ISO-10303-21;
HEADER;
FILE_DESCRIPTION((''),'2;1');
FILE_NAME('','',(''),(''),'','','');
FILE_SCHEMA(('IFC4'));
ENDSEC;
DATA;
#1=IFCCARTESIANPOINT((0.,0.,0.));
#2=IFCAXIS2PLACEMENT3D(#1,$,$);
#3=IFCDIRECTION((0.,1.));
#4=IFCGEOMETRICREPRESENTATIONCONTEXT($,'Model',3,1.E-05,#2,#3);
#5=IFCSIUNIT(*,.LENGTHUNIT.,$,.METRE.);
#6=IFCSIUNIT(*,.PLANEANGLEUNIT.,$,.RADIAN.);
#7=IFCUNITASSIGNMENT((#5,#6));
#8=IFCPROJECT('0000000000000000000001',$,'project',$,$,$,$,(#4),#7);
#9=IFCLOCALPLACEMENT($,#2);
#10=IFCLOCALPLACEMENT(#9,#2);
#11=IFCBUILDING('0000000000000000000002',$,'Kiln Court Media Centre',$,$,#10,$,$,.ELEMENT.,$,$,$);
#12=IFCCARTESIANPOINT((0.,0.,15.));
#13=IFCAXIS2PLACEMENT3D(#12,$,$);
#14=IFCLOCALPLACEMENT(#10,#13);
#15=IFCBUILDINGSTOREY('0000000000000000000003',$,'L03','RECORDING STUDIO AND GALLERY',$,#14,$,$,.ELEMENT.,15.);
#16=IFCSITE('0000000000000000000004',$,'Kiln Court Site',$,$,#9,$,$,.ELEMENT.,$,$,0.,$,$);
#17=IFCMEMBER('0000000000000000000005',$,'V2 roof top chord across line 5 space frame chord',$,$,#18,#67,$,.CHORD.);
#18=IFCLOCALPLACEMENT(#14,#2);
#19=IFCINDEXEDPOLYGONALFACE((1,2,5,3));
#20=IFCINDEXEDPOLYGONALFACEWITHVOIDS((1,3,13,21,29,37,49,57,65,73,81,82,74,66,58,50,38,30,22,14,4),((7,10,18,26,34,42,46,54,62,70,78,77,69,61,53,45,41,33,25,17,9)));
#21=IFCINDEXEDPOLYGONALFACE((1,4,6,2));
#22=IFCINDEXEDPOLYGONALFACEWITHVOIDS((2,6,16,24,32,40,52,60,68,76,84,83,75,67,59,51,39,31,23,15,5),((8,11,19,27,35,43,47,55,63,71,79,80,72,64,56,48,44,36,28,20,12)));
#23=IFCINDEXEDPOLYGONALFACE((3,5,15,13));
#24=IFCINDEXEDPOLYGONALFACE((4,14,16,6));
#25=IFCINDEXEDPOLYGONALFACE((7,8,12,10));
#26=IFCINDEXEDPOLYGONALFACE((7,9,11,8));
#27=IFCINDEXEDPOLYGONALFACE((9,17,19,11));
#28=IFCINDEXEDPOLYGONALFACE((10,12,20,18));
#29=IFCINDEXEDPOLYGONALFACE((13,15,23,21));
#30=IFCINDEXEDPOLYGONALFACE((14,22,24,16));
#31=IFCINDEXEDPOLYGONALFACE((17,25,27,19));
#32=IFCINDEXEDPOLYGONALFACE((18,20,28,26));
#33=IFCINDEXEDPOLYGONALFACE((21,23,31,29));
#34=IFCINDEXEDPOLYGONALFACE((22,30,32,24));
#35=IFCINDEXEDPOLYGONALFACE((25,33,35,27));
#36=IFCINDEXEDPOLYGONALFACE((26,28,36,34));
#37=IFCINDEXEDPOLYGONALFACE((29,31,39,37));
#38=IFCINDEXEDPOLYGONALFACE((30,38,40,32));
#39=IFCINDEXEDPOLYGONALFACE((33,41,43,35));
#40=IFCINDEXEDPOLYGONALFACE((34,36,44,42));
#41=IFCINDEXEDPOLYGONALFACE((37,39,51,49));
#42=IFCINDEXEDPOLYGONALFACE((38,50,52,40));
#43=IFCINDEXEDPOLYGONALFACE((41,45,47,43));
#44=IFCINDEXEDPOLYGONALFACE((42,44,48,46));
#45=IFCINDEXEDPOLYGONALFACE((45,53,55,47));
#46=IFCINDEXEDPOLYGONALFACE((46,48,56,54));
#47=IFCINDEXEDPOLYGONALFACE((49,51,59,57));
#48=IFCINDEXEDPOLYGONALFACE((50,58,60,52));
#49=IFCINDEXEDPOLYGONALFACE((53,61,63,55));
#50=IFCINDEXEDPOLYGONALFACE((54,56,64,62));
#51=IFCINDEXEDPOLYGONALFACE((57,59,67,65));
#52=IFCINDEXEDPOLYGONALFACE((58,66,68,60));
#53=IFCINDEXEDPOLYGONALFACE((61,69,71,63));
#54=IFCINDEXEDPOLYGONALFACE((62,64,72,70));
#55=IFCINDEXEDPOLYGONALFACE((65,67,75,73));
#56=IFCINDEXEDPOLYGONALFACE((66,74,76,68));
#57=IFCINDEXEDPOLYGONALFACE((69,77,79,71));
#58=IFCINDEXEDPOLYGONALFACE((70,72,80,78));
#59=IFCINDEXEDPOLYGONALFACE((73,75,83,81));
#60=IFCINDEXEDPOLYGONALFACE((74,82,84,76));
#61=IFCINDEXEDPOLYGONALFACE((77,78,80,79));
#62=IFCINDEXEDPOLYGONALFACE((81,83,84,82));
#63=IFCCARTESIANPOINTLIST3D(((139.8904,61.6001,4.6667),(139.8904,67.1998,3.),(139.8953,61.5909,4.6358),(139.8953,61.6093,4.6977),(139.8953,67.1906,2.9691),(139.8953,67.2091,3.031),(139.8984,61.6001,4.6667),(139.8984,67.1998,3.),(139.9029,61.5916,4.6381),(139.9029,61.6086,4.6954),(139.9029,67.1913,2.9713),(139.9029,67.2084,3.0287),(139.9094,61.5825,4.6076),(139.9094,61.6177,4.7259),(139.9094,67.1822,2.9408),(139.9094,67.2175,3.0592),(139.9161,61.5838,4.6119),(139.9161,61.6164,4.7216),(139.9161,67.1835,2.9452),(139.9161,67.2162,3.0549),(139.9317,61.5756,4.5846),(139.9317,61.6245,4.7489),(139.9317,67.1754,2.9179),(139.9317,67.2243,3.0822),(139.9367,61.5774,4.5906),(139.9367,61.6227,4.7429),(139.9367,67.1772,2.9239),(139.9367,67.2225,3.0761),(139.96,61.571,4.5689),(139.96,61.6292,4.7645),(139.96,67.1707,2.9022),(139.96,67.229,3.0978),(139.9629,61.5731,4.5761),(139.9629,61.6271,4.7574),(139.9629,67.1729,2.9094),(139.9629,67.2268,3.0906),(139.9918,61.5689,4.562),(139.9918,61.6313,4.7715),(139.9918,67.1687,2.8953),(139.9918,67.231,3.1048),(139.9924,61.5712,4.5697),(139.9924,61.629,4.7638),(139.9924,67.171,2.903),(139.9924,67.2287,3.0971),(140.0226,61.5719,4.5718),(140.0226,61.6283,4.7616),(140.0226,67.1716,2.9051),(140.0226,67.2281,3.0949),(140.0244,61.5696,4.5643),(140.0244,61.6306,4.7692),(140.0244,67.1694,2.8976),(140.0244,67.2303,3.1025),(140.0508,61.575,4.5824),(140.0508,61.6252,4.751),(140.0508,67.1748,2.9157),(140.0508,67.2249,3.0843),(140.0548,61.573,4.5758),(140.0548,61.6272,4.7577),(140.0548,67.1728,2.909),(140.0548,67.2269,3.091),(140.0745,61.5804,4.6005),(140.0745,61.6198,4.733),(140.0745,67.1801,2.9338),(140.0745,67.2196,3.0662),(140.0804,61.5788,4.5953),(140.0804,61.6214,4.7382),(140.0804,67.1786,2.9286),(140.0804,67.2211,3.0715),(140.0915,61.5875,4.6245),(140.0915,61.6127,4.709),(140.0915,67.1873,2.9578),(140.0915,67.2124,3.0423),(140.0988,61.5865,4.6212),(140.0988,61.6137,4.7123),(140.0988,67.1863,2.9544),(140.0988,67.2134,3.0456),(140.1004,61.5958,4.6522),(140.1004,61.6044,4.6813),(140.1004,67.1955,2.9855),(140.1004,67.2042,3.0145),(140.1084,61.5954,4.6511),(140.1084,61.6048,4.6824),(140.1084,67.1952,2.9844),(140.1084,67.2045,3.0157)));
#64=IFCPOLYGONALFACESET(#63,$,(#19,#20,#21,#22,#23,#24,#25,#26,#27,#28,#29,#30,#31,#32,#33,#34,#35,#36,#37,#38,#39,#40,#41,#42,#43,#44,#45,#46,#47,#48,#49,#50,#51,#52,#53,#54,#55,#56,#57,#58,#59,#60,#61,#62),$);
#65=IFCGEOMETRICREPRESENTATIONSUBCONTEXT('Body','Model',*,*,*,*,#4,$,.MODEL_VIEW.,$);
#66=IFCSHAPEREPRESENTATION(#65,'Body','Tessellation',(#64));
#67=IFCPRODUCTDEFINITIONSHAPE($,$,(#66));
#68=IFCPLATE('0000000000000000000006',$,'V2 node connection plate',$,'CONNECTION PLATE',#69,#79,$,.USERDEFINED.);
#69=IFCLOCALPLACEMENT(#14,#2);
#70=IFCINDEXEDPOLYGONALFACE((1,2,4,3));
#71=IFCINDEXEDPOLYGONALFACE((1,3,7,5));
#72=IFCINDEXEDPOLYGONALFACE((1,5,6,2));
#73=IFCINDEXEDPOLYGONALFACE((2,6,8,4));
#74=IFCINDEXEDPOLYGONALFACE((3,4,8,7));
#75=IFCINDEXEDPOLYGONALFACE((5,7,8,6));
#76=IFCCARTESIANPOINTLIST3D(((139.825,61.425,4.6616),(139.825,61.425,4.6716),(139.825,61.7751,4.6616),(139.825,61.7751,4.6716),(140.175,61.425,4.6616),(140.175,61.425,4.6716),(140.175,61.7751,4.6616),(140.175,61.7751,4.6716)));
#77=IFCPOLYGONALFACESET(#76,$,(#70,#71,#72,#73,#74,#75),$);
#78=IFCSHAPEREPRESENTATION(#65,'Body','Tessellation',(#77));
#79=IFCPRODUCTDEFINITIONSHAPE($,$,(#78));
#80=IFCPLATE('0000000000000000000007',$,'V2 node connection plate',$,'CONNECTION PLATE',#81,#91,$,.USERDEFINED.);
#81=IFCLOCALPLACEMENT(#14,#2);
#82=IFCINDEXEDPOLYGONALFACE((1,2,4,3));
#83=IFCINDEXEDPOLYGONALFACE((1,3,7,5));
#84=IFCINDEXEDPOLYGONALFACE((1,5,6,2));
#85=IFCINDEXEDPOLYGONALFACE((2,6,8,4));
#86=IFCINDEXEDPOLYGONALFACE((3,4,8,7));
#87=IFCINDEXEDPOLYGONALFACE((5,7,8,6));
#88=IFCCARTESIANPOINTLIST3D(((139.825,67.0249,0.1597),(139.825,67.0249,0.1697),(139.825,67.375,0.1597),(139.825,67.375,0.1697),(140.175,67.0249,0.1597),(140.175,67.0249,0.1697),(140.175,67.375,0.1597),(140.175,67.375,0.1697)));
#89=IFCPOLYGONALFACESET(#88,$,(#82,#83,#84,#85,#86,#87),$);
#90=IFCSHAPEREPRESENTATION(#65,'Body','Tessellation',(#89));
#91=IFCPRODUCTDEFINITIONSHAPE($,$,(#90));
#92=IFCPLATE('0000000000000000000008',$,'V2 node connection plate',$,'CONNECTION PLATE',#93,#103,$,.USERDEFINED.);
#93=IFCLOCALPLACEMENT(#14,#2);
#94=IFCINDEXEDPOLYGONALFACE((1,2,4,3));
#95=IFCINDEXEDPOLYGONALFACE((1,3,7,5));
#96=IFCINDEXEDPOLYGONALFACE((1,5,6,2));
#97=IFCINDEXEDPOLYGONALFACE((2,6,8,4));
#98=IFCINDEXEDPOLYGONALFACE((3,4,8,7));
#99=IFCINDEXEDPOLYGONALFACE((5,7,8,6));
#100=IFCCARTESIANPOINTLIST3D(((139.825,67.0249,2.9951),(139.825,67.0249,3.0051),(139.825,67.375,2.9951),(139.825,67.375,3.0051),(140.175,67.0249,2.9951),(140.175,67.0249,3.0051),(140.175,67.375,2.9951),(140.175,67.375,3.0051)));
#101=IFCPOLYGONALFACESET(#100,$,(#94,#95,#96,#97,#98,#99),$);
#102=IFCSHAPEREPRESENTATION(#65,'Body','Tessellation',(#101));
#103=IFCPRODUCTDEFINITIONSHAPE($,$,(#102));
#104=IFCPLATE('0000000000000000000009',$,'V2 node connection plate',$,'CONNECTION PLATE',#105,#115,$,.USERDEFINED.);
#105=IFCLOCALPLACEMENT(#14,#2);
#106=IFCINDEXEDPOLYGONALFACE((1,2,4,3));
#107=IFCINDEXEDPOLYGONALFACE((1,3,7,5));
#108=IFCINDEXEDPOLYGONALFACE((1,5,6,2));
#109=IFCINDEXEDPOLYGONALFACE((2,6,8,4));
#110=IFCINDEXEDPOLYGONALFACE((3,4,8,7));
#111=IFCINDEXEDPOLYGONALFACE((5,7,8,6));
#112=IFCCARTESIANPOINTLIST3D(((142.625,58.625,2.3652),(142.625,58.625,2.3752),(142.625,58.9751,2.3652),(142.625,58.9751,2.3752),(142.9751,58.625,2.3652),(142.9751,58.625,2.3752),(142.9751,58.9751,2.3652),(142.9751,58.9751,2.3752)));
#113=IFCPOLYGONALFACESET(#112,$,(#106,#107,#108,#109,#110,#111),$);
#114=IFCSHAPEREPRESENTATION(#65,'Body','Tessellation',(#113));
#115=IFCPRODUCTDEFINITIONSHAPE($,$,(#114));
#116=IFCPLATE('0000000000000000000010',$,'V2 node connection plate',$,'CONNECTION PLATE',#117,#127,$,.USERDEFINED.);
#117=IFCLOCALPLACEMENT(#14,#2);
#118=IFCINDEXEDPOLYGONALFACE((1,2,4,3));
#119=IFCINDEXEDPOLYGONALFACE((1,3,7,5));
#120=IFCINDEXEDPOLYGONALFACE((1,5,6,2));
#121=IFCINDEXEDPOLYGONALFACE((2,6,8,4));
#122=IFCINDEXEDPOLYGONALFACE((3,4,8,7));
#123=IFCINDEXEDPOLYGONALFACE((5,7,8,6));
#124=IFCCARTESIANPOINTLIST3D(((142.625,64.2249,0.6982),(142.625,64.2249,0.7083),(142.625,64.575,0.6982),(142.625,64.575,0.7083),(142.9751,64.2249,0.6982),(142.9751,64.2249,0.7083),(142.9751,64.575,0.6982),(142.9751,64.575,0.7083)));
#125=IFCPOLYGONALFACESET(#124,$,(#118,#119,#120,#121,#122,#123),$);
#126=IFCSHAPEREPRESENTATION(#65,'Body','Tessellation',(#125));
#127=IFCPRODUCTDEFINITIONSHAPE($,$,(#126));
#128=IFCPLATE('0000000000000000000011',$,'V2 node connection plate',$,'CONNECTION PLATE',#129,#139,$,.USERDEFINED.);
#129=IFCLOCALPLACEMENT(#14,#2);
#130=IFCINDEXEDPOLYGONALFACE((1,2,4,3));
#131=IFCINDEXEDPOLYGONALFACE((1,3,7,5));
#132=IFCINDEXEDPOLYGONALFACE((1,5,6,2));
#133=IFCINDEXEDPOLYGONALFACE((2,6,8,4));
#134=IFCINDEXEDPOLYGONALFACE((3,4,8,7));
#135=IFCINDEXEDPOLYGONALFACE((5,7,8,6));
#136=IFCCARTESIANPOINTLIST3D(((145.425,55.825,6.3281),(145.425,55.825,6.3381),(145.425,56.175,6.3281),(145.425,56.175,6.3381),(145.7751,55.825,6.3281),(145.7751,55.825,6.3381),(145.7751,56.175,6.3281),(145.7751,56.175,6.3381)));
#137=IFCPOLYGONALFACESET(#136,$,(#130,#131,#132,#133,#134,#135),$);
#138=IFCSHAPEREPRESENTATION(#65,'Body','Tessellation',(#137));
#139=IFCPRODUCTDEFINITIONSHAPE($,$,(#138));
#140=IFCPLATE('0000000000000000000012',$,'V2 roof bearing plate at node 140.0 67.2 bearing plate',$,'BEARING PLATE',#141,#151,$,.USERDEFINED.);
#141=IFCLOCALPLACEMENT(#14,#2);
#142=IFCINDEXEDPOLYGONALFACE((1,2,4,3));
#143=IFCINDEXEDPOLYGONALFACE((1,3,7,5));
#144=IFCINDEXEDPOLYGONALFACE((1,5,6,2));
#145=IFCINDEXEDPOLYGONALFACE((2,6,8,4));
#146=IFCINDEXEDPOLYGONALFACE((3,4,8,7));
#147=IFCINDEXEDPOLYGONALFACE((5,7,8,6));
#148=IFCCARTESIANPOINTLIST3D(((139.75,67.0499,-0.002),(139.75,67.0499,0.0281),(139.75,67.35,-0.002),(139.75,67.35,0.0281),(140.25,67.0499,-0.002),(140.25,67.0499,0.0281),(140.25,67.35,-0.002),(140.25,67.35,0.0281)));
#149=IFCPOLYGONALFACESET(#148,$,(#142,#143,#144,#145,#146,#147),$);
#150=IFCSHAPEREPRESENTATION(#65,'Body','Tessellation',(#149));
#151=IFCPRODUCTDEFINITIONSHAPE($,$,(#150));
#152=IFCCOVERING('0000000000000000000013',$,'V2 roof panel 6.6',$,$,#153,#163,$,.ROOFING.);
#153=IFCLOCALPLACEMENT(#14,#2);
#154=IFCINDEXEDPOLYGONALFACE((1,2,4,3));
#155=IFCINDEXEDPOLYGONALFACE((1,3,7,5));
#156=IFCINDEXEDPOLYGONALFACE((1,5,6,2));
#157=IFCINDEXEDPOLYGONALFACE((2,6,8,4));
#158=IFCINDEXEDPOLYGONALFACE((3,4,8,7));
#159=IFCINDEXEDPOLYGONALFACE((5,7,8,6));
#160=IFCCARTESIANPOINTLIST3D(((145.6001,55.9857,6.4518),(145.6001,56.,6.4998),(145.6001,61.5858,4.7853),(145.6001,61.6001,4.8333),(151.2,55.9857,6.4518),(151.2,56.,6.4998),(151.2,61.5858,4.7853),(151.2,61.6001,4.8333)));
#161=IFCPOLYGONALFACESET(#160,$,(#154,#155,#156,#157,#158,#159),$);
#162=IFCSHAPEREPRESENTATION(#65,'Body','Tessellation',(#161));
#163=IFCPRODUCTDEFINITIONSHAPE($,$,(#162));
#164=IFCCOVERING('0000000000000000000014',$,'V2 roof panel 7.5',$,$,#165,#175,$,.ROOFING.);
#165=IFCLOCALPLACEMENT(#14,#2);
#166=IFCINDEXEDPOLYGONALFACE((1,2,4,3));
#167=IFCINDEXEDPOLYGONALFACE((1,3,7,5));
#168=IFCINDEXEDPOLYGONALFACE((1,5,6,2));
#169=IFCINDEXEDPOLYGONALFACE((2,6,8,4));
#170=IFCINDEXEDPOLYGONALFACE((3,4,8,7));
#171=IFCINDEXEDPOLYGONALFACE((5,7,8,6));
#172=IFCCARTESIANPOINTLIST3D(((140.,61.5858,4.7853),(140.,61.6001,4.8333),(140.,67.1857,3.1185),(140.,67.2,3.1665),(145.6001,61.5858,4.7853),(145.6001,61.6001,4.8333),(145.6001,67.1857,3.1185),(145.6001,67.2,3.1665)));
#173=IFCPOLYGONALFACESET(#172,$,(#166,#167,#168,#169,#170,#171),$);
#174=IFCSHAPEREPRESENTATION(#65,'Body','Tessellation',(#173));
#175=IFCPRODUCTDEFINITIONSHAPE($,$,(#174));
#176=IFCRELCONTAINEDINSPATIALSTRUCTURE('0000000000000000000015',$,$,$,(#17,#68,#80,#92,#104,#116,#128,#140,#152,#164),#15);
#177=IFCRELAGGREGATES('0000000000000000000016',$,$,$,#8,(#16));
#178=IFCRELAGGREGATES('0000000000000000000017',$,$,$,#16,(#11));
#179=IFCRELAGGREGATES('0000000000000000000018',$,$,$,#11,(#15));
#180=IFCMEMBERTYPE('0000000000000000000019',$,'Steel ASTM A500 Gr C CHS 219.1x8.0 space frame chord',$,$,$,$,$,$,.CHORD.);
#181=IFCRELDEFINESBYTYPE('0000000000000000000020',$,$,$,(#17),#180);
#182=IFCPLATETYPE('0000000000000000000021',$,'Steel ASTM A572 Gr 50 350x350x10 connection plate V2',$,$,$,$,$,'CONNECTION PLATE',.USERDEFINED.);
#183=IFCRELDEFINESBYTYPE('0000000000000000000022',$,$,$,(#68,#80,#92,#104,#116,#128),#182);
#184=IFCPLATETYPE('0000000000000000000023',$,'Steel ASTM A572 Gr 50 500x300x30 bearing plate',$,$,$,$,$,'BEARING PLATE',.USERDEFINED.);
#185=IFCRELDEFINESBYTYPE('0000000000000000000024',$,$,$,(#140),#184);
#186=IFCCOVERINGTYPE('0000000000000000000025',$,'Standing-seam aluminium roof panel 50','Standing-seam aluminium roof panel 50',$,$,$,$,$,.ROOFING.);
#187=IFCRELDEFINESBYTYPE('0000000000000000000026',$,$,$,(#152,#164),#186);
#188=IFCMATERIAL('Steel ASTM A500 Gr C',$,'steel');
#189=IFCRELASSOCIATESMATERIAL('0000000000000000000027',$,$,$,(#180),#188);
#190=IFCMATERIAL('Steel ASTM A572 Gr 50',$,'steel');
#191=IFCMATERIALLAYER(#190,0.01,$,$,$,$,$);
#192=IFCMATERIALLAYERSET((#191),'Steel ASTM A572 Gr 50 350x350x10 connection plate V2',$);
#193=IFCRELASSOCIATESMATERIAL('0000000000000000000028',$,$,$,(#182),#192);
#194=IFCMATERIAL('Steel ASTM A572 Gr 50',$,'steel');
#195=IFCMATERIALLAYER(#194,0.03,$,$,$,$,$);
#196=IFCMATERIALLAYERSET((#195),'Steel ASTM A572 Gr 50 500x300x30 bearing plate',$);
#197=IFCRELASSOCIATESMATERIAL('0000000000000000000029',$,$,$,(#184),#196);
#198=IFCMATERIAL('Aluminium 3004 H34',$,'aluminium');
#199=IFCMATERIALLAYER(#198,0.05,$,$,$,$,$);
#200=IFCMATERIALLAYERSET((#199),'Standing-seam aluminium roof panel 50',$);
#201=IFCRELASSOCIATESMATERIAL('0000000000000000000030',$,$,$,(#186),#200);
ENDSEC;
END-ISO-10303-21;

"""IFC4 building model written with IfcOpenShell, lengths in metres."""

from ifc_helpers import new_model, si_unit, direction, frame, origin, origin_2d, place, context, subcontext, project, spatial, polyline, rectangle, hollow_circle, outline, extrude, material, layer, layer_set, material_profile, profile_set, type_object, element, save


model = new_model("IFC4")

# Units and contexts
model_context = context("Model", 3, precision=1e-05, world=origin(), true_north=direction((0.0, 1.0)))
body_context = subcontext(model_context, "Body", "Model", "MODEL_VIEW")
ifc_project = project(units=[si_unit("LENGTHUNIT", "METRE"), si_unit("PLANEANGLEUNIT", "RADIAN")], contexts=[model_context])

# Site, building, storey
site_placement = place(None, origin())
site = spatial("IfcSite", under=ifc_project, at=site_placement, Name="Kiln Court Site", CompositionType="ELEMENT", RefElevation=0.0)
building_placement = place(site_placement, origin())
building = spatial("IfcBuilding", under=site, at=building_placement, Name="Kiln Court Media Centre", CompositionType="ELEMENT")
storey_placement = place(building_placement, frame((0.0, 0.0, 15.0)))
storey = spatial("IfcBuildingStorey", under=building, at=storey_placement, Name="L03", Description="RECORDING STUDIO AND GALLERY", CompositionType="ELEMENT", Elevation=15.0)

# Member
ifc_material_1 = material(Name="Steel ASTM A500 Gr C", Category="steel")
ifc_material_profile_1 = material_profile(ifc_material_1, hollow_circle(Radius=0.1096, WallThickness=0.0081, at=origin_2d()), Name="CHS 219.1x8.0")
ifc_profile_set_1 = profile_set([ifc_material_profile_1], Name="Steel ASTM A500 Gr C")
member_type_1 = type_object("IfcMemberType", Name="Steel ASTM A500 Gr C CHS 219.1x8.0 space frame chord", PredefinedType="CHORD", material=ifc_profile_set_1)
member_1_placement = place(storey_placement, frame((140.0, 61.6001, 4.6667), z_axis=(0.0, 0.958446, -0.285273), x_axis=(-1.0, 0.0, 0.0)))
element("IfcMember", 1, at=member_1_placement, inside=storey, type_object=member_type_1, Name="V2 roof top chord across line 5 space frame chord", PredefinedType="CHORD", context=body_context, shape_type="SweptSolid", body=[
    extrude(hollow_circle(Radius=0.1096, WallThickness=0.0081, at=origin_2d()), origin(), (0.0, 0.0, 1.0), 5.8425),
])

# Plates
ifc_material_2 = material(Name="Steel ASTM A572 Gr 50", Category="steel")
ifc_layer_1 = layer(ifc_material_2, 0.01)
ifc_layer_set_1 = layer_set([ifc_layer_1], Name="Steel ASTM A572 Gr 50 350x350x10 connection plate V2")
plate_type_1 = type_object("IfcPlateType", Name="Steel ASTM A572 Gr 50 350x350x10 connection plate V2", ElementType="CONNECTION PLATE", PredefinedType="USERDEFINED", material=ifc_layer_set_1)
for number, where, z_axis, x_axis, name in (
    (2, (140.0, 61.6001, 4.6616), (0.0, 0.0, 1.0), (1.0, 0.0, 0.0), "V2 node connection plate"),
    (3, (140.0, 67.2, 0.1597), (0.0, 0.0, 1.0), (1.0, 0.0, 0.0), "V2 node connection plate"),
    (4, (140.0, 67.2, 2.9951), (0.0, 0.0, 1.0), (1.0, 0.0, 0.0), "V2 node connection plate"),
    (5, (142.8, 58.8, 2.3652), (0.0, 0.0, 1.0), (1.0, 0.0, 0.0), "V2 node connection plate"),
    (6, (142.8, 64.3999, 0.6982), (0.0, 0.0, 1.0), (1.0, 0.0, 0.0), "V2 node connection plate"),
    (7, (145.6001, 56.0, 6.3281), (0.0, 0.0, 1.0), (1.0, 0.0, 0.0), "V2 node connection plate"),
):
    element("IfcPlate", number, at=place(storey_placement, frame(where, z_axis=z_axis, x_axis=x_axis)), inside=storey, type_object=plate_type_1, Name=name, ObjectType="CONNECTION PLATE", PredefinedType="USERDEFINED", context=body_context, shape_type="SweptSolid", body=[
        extrude(rectangle(XDim=0.3501, YDim=0.3501, at=origin_2d()), origin(), (0.0, 0.0, 1.0), 0.01),
    ])
ifc_material_3 = material(Name="Steel ASTM A572 Gr 50", Category="steel")
ifc_layer_2 = layer(ifc_material_3, 0.03)
ifc_layer_set_2 = layer_set([ifc_layer_2], Name="Steel ASTM A572 Gr 50 500x300x30 bearing plate")
plate_type_2 = type_object("IfcPlateType", Name="Steel ASTM A572 Gr 50 500x300x30 bearing plate", ElementType="BEARING PLATE", PredefinedType="USERDEFINED", material=ifc_layer_set_2)
plate_placement = place(storey_placement, frame((140.0, 67.2, -0.002), z_axis=(0.0, 0.0, 1.0), x_axis=(1.0, 0.0, 0.0)))
element("IfcPlate", 8, at=plate_placement, inside=storey, type_object=plate_type_2, Name="V2 roof bearing plate at node 140.0 67.2 bearing plate", ObjectType="BEARING PLATE", PredefinedType="USERDEFINED", context=body_context, shape_type="SweptSolid", body=[
    extrude(rectangle(XDim=0.5, YDim=0.3, at=origin_2d()), origin(), (0.0, 0.0, 1.0), 0.03),
])

# Coverings
ifc_material_4 = material(Name="Aluminium 3004 H34", Category="aluminium")
ifc_layer_3 = layer(ifc_material_4, 0.05)
ifc_layer_set_3 = layer_set([ifc_layer_3], Name="Standing-seam aluminium roof panel 50")
covering_type = type_object("IfcCoveringType", Name="Standing-seam aluminium roof panel 50", Description="Standing-seam aluminium roof panel 50", PredefinedType="ROOFING", material=ifc_layer_set_3)
covering_1_placement = place(storey_placement, frame((145.6001, 56.0, 6.4998), z_axis=(0.0, 0.285223, 0.958461), x_axis=(0.0, 0.958461, -0.285223)))
element("IfcCovering", 9, at=covering_1_placement, inside=storey, type_object=covering_type, Name="V2 roof panel 6.6", PredefinedType="ROOFING", context=body_context, shape_type="SweptSolid", body=[
    extrude(outline(polyline([(0.0, 0.0), (5.8428, 0.0), (5.8428, -5.5999), (0.0, -5.5999), (0.0, 0.0)])), origin(), (0.0, 0.0, -1.0), 0.05),
])
covering_2_placement = place(storey_placement, frame((140.0, 61.6001, 4.8333), z_axis=(0.0, 0.285273, 0.958446), x_axis=(0.0, 0.958446, -0.285273)))
element("IfcCovering", 10, at=covering_2_placement, inside=storey, type_object=covering_type, Name="V2 roof panel 7.5", PredefinedType="ROOFING", context=body_context, shape_type="SweptSolid", body=[
    extrude(outline(polyline([(0.0, 0.0), (5.8426, 0.0), (5.8426, -5.6001), (0.0, -5.6001), (0.0, 0.0)])), origin(), (0.0, 0.0, -1.0), 0.05),
])

save(model, "model.ifc")
